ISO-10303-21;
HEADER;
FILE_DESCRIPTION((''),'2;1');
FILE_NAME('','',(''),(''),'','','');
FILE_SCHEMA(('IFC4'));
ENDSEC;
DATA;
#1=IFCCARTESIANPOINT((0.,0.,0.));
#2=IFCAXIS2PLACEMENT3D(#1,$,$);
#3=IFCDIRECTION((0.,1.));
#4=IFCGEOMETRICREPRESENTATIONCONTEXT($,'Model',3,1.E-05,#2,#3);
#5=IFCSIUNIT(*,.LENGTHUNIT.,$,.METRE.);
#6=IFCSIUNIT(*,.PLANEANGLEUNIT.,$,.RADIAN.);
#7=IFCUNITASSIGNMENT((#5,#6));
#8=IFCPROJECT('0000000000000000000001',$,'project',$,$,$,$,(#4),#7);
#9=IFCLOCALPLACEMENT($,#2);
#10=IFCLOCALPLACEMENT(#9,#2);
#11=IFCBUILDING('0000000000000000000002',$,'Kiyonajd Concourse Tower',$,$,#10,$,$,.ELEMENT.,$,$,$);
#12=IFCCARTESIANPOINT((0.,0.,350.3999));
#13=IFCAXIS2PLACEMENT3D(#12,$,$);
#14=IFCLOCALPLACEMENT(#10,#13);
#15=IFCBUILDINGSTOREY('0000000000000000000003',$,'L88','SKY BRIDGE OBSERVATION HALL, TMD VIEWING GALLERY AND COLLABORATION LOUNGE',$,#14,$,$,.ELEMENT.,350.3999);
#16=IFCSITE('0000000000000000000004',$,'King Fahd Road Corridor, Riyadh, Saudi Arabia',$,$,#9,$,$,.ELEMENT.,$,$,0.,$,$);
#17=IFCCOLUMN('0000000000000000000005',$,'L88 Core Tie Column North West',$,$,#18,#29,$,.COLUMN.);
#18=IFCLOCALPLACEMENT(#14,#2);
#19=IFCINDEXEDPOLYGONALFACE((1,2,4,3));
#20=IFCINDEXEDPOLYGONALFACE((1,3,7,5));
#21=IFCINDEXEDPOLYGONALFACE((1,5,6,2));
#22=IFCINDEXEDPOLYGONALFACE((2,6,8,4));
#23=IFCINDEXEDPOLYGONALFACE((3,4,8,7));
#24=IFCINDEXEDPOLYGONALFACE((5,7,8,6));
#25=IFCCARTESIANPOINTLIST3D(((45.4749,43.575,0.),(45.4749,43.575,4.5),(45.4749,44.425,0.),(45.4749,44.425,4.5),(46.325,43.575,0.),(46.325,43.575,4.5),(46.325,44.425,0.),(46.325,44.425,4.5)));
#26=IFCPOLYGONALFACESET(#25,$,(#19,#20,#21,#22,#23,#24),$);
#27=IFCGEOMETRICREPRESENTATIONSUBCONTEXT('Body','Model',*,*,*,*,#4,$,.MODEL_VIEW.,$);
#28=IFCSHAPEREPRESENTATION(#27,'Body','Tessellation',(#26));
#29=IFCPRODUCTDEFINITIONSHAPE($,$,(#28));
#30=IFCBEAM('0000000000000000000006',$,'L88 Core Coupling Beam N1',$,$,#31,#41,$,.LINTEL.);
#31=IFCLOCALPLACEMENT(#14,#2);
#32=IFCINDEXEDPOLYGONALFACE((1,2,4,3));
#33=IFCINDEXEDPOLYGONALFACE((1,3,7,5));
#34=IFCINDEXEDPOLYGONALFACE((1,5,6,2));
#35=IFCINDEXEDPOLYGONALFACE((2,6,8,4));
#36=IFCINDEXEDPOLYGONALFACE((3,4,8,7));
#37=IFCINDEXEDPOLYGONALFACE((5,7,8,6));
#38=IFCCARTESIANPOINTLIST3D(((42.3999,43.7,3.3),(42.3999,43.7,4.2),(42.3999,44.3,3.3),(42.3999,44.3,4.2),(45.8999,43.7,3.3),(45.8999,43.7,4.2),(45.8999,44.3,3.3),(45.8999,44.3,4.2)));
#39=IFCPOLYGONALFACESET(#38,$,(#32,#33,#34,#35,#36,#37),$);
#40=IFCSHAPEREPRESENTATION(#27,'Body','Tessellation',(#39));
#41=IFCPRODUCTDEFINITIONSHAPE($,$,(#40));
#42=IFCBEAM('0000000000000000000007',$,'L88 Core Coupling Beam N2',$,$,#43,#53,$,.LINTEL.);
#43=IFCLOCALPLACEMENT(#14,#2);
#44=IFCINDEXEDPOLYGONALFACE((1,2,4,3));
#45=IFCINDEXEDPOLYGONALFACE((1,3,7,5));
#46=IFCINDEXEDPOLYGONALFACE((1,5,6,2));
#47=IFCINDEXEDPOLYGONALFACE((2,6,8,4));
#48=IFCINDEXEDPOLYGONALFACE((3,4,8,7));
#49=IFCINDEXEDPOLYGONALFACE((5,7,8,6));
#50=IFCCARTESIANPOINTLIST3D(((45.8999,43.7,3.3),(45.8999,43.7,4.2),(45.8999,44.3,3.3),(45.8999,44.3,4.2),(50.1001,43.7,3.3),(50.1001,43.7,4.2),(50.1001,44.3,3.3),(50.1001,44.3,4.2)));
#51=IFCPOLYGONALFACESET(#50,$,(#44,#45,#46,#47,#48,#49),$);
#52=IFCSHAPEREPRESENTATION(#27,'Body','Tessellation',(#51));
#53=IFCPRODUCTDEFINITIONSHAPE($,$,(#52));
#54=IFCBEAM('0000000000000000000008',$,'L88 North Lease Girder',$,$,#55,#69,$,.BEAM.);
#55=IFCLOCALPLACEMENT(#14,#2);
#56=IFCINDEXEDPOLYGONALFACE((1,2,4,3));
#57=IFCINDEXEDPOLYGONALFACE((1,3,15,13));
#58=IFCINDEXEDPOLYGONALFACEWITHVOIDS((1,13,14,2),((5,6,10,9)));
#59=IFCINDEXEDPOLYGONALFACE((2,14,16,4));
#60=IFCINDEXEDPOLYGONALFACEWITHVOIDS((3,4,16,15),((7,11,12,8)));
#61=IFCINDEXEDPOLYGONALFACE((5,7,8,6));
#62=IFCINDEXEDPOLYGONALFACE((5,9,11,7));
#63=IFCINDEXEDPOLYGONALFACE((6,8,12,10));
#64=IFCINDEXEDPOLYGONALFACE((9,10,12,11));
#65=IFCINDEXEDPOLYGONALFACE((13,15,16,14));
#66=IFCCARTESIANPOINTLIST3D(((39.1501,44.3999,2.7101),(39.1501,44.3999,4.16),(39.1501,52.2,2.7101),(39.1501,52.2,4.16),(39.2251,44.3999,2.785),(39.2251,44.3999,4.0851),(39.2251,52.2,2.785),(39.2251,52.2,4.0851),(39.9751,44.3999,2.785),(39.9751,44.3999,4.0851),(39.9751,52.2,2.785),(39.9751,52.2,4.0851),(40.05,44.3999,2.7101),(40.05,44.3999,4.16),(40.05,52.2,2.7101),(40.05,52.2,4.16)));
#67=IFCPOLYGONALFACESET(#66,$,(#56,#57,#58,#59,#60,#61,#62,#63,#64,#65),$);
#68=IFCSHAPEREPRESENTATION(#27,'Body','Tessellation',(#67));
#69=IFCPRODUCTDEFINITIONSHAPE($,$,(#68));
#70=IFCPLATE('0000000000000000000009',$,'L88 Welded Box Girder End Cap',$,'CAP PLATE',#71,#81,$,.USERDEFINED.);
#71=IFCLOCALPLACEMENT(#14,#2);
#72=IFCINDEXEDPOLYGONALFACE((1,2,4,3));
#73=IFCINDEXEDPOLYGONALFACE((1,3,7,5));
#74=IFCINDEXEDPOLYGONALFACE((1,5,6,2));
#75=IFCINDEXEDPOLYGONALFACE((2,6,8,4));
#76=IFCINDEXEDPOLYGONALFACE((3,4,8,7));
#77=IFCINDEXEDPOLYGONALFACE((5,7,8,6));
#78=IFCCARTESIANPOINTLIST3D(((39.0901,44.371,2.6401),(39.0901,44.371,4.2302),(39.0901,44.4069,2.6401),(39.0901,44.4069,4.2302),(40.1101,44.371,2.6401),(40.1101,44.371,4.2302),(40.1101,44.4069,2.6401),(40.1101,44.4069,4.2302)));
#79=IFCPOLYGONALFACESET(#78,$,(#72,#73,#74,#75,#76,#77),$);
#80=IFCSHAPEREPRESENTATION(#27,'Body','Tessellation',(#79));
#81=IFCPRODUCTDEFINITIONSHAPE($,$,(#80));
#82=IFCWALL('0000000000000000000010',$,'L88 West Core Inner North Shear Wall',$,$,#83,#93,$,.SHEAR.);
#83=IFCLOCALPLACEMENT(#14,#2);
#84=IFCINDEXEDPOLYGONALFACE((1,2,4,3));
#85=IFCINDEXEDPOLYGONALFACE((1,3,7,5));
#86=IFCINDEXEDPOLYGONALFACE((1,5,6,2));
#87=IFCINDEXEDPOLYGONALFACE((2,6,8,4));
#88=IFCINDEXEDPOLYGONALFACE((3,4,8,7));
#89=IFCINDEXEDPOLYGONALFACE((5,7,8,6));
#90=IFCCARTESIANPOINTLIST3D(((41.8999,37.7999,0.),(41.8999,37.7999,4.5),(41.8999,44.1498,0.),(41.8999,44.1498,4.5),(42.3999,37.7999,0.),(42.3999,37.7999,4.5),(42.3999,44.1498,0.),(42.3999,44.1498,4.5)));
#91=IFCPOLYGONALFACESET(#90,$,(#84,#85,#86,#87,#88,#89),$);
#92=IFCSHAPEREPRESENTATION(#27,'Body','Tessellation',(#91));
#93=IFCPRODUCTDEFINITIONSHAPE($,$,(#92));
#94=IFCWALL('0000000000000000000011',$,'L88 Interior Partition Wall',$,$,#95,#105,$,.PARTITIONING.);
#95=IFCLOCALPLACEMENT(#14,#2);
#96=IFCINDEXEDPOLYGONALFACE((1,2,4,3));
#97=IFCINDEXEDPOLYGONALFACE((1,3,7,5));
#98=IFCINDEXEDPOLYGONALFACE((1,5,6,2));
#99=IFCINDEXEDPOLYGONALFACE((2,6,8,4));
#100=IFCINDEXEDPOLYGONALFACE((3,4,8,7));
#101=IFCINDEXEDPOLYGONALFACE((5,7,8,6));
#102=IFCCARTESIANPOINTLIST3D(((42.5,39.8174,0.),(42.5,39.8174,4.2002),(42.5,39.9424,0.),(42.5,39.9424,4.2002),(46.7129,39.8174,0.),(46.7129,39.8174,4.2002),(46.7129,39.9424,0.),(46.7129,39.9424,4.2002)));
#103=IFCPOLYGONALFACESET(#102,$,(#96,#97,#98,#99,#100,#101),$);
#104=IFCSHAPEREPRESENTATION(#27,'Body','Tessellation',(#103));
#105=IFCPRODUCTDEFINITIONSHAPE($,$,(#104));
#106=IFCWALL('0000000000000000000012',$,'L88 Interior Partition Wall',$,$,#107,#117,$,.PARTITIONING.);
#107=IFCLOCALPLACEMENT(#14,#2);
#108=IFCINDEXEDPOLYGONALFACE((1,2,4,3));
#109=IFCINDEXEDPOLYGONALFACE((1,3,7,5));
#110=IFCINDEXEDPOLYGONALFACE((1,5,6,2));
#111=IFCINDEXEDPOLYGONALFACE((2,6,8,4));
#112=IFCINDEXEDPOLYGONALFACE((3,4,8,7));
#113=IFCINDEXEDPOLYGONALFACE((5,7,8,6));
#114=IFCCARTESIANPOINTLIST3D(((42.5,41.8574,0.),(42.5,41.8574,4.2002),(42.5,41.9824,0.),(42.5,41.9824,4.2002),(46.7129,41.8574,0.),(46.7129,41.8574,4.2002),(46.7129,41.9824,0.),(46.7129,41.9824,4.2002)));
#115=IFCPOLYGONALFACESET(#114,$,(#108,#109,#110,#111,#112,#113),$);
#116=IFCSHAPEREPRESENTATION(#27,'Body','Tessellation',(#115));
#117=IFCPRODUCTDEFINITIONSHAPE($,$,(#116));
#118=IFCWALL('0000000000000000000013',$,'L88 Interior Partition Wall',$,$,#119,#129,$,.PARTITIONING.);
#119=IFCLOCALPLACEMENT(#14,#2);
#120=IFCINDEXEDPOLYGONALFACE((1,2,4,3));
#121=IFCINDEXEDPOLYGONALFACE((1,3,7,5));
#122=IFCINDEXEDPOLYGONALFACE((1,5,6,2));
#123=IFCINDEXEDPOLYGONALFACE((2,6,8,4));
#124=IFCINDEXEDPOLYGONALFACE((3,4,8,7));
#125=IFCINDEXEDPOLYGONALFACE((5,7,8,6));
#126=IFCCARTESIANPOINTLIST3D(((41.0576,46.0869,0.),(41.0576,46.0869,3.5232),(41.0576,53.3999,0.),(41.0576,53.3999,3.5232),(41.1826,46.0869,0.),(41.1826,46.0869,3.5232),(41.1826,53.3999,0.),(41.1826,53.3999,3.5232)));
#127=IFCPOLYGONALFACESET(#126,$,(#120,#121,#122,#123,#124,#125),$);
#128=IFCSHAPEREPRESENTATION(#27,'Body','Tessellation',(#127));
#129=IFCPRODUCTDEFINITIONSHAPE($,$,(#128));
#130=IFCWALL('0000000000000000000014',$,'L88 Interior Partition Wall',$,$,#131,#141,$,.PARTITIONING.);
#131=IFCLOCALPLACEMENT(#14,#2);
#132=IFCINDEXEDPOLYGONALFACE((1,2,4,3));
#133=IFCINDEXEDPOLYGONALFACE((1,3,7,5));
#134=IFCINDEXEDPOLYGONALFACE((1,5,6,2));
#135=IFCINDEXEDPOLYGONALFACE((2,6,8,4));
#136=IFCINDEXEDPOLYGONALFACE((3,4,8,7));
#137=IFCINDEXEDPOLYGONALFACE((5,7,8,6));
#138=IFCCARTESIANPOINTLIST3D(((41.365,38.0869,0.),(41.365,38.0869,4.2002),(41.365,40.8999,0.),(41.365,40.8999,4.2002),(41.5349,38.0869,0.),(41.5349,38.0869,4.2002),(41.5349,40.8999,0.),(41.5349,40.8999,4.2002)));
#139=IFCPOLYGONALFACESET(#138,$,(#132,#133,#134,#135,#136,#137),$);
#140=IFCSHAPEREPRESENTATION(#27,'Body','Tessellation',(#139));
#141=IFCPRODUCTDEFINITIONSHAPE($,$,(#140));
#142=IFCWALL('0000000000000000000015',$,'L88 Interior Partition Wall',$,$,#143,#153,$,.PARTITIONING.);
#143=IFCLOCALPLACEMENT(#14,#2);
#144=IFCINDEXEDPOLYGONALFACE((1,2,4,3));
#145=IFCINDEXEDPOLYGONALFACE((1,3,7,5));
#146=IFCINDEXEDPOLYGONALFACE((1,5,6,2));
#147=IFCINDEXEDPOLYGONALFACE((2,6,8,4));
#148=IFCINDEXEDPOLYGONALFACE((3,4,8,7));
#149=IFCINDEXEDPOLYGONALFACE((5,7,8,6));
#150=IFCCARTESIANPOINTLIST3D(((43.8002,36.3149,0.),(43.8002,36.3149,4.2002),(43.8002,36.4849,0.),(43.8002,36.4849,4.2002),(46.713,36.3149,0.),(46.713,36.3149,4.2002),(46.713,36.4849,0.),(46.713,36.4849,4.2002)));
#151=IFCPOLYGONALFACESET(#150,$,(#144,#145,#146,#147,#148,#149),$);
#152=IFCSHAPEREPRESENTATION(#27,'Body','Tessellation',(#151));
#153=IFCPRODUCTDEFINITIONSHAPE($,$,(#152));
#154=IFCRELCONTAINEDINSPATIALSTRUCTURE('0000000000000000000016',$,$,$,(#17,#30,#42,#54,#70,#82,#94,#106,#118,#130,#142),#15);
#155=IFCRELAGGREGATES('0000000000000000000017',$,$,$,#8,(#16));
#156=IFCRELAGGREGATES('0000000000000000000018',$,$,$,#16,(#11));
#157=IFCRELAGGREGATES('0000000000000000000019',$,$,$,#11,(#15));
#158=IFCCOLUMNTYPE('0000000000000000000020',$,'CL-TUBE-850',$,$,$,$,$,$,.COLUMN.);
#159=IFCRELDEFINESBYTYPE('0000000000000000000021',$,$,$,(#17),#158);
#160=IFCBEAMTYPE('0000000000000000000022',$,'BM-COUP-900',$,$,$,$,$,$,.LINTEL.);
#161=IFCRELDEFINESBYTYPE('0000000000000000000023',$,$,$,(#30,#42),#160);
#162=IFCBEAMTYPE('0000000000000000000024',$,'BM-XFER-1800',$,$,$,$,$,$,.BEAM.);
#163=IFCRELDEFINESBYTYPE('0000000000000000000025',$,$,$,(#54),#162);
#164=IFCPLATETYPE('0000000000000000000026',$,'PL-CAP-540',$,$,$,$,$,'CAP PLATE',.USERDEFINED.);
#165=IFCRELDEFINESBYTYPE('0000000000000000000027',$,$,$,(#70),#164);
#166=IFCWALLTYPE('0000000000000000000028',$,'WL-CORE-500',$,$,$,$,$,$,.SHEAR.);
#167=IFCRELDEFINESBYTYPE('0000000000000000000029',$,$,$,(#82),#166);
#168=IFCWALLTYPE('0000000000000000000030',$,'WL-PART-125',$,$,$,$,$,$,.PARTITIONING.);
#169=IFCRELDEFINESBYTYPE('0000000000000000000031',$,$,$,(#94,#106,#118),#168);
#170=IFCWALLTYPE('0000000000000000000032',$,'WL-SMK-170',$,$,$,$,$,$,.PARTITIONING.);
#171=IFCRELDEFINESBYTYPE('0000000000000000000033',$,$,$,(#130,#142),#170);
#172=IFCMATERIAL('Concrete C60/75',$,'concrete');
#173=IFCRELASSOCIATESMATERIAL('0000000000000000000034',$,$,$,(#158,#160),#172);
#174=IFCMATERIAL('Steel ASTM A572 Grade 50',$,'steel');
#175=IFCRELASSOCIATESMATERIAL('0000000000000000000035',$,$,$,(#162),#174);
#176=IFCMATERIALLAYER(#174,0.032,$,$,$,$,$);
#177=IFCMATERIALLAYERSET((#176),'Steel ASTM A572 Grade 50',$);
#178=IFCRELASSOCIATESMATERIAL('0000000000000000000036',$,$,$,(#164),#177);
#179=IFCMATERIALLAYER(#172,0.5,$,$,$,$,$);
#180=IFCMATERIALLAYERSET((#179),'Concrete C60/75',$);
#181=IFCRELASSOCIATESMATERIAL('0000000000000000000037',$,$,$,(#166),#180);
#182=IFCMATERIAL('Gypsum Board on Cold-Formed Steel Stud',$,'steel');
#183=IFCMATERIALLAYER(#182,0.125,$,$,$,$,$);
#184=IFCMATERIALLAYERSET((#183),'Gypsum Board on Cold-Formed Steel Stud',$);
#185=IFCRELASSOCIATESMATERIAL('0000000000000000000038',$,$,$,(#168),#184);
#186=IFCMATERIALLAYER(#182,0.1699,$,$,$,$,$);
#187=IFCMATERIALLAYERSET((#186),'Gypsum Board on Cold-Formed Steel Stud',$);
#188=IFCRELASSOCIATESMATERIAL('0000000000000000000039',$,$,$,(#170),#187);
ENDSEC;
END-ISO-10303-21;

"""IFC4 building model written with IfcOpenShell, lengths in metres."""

from ifc_helpers import new_model, si_unit, direction, frame, frame_2d, origin, origin_2d, place, context, subcontext, project, spatial, rectangle, hollow_rectangle, extrude, material, layer, layer_set, material_profile, profile_set, type_object, element, save


model = new_model("IFC4")

# Units and contexts
model_context = context("Model", 3, precision=1e-05, world=origin(), true_north=direction((0.0, 1.0)))
body_context = subcontext(model_context, "Body", "Model", "MODEL_VIEW")
ifc_project = project(units=[si_unit("LENGTHUNIT", "METRE"), si_unit("PLANEANGLEUNIT", "RADIAN")], contexts=[model_context])

# Site, building, storey
site_placement = place(None, origin())
site = spatial("IfcSite", under=ifc_project, at=site_placement, Name="King Fahd Road Corridor, Riyadh, Saudi Arabia", CompositionType="ELEMENT", RefElevation=0.0)
building_placement = place(site_placement, origin())
building = spatial("IfcBuilding", under=site, at=building_placement, Name="Kiyonajd Concourse Tower", CompositionType="ELEMENT")
storey_placement = place(building_placement, frame((0.0, 0.0, 350.3999)))
storey = spatial("IfcBuildingStorey", under=building, at=storey_placement, Name="L88", Description="SKY BRIDGE OBSERVATION HALL, TMD VIEWING GALLERY AND COLLABORATION LOUNGE", CompositionType="ELEMENT", Elevation=350.3999)

# Column
ifc_material_1 = material(Name="Concrete C60/75", Category="concrete")
ifc_material_profile_1 = material_profile(ifc_material_1, rectangle(XDim=0.8501, YDim=0.8501, at=origin_2d()), Name="RC-850x850")
ifc_profile_set_1 = profile_set([ifc_material_profile_1], Name="Concrete C60/75")
column_type = type_object("IfcColumnType", Name="CL-TUBE-850", PredefinedType="COLUMN", material=ifc_profile_set_1)
column_placement = place(storey_placement, frame((45.8999, 44.0, 0.0), z_axis=(0.0, 0.0, 1.0), x_axis=(1.0, 0.0, 0.0)))
element("IfcColumn", 1, at=column_placement, inside=storey, type_object=column_type, Name="L88 Core Tie Column North West", PredefinedType="COLUMN", context=body_context, shape_type="SweptSolid", body=[
    extrude(rectangle(XDim=0.8501, YDim=0.8501, at=origin_2d()), origin(), (0.0, 0.0, 1.0), 4.5),
])

# Beams
ifc_material_profile_2 = material_profile(ifc_material_1, rectangle(XDim=0.6001, YDim=0.8999, at=origin_2d()), Name="RCBM-600x900")
ifc_profile_set_2 = profile_set([ifc_material_profile_2], Name="Concrete C60/75")
beam_type_1 = type_object("IfcBeamType", Name="BM-COUP-900", PredefinedType="LINTEL", material=ifc_profile_set_2)
beam_1_placement = place(storey_placement, frame((42.3999, 44.0, 3.75), z_axis=(1.0, 0.0, 0.0), x_axis=(0.0, 1.0, 0.0)))
element("IfcBeam", 2, at=beam_1_placement, inside=storey, type_object=beam_type_1, Name="L88 Core Coupling Beam N1", PredefinedType="LINTEL", context=body_context, shape_type="SweptSolid", body=[
    extrude(rectangle(XDim=0.6001, YDim=0.8999, at=origin_2d()), origin(), (0.0, 0.0, 1.0), 3.5),
])
beam_2_placement = place(storey_placement, frame((45.8999, 44.0, 3.75), z_axis=(1.0, 0.0, 0.0), x_axis=(0.0, 1.0, 0.0)))
element("IfcBeam", 3, at=beam_2_placement, inside=storey, type_object=beam_type_1, Name="L88 Core Coupling Beam N2", PredefinedType="LINTEL", context=body_context, shape_type="SweptSolid", body=[
    extrude(rectangle(XDim=0.6001, YDim=0.8999, at=origin_2d()), origin(), (0.0, 0.0, 1.0), 4.2002),
])
ifc_material_2 = material(Name="Steel ASTM A572 Grade 50", Category="steel")
ifc_material_profile_3 = material_profile(ifc_material_2, hollow_rectangle(XDim=0.8999, YDim=1.45, WallThickness=0.075, at=origin_2d()), Name="BOX-1450x900x75")
ifc_profile_set_3 = profile_set([ifc_material_profile_3], Name="Steel ASTM A572 Grade 50")
beam_type_2 = type_object("IfcBeamType", Name="BM-XFER-1800", PredefinedType="BEAM", material=ifc_profile_set_3)
beam_3_placement = place(storey_placement, frame((39.6001, 44.3999, 3.4351), z_axis=(0.0, 1.0, 0.0), x_axis=(-1.0, 0.0, 0.0)))
element("IfcBeam", 4, at=beam_3_placement, inside=storey, type_object=beam_type_2, Name="L88 North Lease Girder", PredefinedType="BEAM", context=body_context, shape_type="SweptSolid", body=[
    extrude(hollow_rectangle(XDim=0.8999, YDim=1.45, WallThickness=0.075, at=origin_2d()), origin(), (0.0, 0.0, 1.0), 7.8),
])

# Plate
ifc_layer_1 = layer(ifc_material_2, 0.032)
ifc_layer_set_1 = layer_set([ifc_layer_1], Name="Steel ASTM A572 Grade 50")
plate_type = type_object("IfcPlateType", Name="PL-CAP-540", ElementType="CAP PLATE", PredefinedType="USERDEFINED", material=ifc_layer_set_1)
plate_placement = place(storey_placement, frame((39.6001, 44.3889, 2.6401), z_axis=(0.0, 0.0, 1.0), x_axis=(0.0, -1.0, 0.0)))
element("IfcPlate", 5, at=plate_placement, inside=storey, type_object=plate_type, Name="L88 Welded Box Girder End Cap", ObjectType="CAP PLATE", PredefinedType="USERDEFINED", context=body_context, shape_type="SweptSolid", body=[
    extrude(rectangle(XDim=0.0359, YDim=1.02, at=origin_2d()), origin(), (0.0, 0.0, 1.0), 1.5901),
])

# Walls
ifc_layer_2 = layer(ifc_material_1, 0.5)
ifc_layer_set_2 = layer_set([ifc_layer_2], Name="Concrete C60/75")
wall_type_1 = type_object("IfcWallType", Name="WL-CORE-500", PredefinedType="SHEAR", material=ifc_layer_set_2)
wall_1_placement = place(storey_placement, frame((42.1499, 37.8, 0.0), z_axis=(0.0, 0.0, 1.0), x_axis=(0.0, 1.0, 0.0)))
element("IfcWall", 6, at=wall_1_placement, inside=storey, type_object=wall_type_1, Name="L88 West Core Inner North Shear Wall", PredefinedType="SHEAR", context=body_context, shape_type="SweptSolid", body=[
    extrude(rectangle(XDim=6.3499, YDim=0.5, at=frame_2d((3.1748, 0.0))), origin(), (0.0, 0.0, 1.0), 4.5),
])
ifc_material_3 = material(Name="Gypsum Board on Cold-Formed Steel Stud", Category="steel")
ifc_layer_3 = layer(ifc_material_3, 0.125)
ifc_layer_set_3 = layer_set([ifc_layer_3], Name="Gypsum Board on Cold-Formed Steel Stud")
wall_type_2 = type_object("IfcWallType", Name="WL-PART-125", PredefinedType="PARTITIONING", material=ifc_layer_set_3)
for number, where, z_axis, x_axis, name in (
    (7, (42.5, 39.8799, 0.0), (0.0, 0.0, 1.0), (1.0, 0.0, 0.0), "L88 Interior Partition Wall"),
    (8, (42.5, 41.9199, 0.0), (0.0, 0.0, 1.0), (1.0, 0.0, 0.0), "L88 Interior Partition Wall"),
):
    element("IfcWall", number, at=place(storey_placement, frame(where, z_axis=z_axis, x_axis=x_axis)), inside=storey, type_object=wall_type_2, Name=name, PredefinedType="PARTITIONING", context=body_context, shape_type="SweptSolid", body=[
        extrude(rectangle(XDim=4.2129, YDim=0.125, at=frame_2d((2.1064, 0.0))), origin(), (0.0, 0.0, 1.0), 4.2002),
    ])
wall_2_placement = place(storey_placement, frame((41.1201, 46.0869, 0.0), z_axis=(0.0, 0.0, 1.0), x_axis=(0.0, 1.0, 0.0)))
element("IfcWall", 9, at=wall_2_placement, inside=storey, type_object=wall_type_2, Name="L88 Interior Partition Wall", PredefinedType="PARTITIONING", context=body_context, shape_type="SweptSolid", body=[
    extrude(rectangle(XDim=7.313, YDim=0.125, at=frame_2d((3.6565, 0.0))), origin(), (0.0, 0.0, 1.0), 3.5232),
])
ifc_layer_4 = layer(ifc_material_3, 0.1699)
ifc_layer_set_4 = layer_set([ifc_layer_4], Name="Gypsum Board on Cold-Formed Steel Stud")
wall_type_3 = type_object("IfcWallType", Name="WL-SMK-170", PredefinedType="PARTITIONING", material=ifc_layer_set_4)
wall_3_placement = place(storey_placement, frame((41.45, 38.0869, 0.0), z_axis=(0.0, 0.0, 1.0), x_axis=(0.0, 1.0, 0.0)))
element("IfcWall", 10, at=wall_3_placement, inside=storey, type_object=wall_type_3, Name="L88 Interior Partition Wall", PredefinedType="PARTITIONING", context=body_context, shape_type="SweptSolid", body=[
    extrude(rectangle(XDim=2.813, YDim=0.1699, at=frame_2d((1.4065, 0.0))), origin(), (0.0, 0.0, 1.0), 4.2002),
])
wall_4_placement = place(storey_placement, frame((43.8, 36.3999, 0.0), z_axis=(0.0, 0.0, 1.0), x_axis=(1.0, 0.0, 0.0)))
element("IfcWall", 11, at=wall_4_placement, inside=storey, type_object=wall_type_3, Name="L88 Interior Partition Wall", PredefinedType="PARTITIONING", context=body_context, shape_type="SweptSolid", body=[
    extrude(rectangle(XDim=2.9128, YDim=0.1699, at=frame_2d((1.4565, 0.0))), origin(), (0.0, 0.0, 1.0), 4.2002),
])

save(model, "model.ifc")
